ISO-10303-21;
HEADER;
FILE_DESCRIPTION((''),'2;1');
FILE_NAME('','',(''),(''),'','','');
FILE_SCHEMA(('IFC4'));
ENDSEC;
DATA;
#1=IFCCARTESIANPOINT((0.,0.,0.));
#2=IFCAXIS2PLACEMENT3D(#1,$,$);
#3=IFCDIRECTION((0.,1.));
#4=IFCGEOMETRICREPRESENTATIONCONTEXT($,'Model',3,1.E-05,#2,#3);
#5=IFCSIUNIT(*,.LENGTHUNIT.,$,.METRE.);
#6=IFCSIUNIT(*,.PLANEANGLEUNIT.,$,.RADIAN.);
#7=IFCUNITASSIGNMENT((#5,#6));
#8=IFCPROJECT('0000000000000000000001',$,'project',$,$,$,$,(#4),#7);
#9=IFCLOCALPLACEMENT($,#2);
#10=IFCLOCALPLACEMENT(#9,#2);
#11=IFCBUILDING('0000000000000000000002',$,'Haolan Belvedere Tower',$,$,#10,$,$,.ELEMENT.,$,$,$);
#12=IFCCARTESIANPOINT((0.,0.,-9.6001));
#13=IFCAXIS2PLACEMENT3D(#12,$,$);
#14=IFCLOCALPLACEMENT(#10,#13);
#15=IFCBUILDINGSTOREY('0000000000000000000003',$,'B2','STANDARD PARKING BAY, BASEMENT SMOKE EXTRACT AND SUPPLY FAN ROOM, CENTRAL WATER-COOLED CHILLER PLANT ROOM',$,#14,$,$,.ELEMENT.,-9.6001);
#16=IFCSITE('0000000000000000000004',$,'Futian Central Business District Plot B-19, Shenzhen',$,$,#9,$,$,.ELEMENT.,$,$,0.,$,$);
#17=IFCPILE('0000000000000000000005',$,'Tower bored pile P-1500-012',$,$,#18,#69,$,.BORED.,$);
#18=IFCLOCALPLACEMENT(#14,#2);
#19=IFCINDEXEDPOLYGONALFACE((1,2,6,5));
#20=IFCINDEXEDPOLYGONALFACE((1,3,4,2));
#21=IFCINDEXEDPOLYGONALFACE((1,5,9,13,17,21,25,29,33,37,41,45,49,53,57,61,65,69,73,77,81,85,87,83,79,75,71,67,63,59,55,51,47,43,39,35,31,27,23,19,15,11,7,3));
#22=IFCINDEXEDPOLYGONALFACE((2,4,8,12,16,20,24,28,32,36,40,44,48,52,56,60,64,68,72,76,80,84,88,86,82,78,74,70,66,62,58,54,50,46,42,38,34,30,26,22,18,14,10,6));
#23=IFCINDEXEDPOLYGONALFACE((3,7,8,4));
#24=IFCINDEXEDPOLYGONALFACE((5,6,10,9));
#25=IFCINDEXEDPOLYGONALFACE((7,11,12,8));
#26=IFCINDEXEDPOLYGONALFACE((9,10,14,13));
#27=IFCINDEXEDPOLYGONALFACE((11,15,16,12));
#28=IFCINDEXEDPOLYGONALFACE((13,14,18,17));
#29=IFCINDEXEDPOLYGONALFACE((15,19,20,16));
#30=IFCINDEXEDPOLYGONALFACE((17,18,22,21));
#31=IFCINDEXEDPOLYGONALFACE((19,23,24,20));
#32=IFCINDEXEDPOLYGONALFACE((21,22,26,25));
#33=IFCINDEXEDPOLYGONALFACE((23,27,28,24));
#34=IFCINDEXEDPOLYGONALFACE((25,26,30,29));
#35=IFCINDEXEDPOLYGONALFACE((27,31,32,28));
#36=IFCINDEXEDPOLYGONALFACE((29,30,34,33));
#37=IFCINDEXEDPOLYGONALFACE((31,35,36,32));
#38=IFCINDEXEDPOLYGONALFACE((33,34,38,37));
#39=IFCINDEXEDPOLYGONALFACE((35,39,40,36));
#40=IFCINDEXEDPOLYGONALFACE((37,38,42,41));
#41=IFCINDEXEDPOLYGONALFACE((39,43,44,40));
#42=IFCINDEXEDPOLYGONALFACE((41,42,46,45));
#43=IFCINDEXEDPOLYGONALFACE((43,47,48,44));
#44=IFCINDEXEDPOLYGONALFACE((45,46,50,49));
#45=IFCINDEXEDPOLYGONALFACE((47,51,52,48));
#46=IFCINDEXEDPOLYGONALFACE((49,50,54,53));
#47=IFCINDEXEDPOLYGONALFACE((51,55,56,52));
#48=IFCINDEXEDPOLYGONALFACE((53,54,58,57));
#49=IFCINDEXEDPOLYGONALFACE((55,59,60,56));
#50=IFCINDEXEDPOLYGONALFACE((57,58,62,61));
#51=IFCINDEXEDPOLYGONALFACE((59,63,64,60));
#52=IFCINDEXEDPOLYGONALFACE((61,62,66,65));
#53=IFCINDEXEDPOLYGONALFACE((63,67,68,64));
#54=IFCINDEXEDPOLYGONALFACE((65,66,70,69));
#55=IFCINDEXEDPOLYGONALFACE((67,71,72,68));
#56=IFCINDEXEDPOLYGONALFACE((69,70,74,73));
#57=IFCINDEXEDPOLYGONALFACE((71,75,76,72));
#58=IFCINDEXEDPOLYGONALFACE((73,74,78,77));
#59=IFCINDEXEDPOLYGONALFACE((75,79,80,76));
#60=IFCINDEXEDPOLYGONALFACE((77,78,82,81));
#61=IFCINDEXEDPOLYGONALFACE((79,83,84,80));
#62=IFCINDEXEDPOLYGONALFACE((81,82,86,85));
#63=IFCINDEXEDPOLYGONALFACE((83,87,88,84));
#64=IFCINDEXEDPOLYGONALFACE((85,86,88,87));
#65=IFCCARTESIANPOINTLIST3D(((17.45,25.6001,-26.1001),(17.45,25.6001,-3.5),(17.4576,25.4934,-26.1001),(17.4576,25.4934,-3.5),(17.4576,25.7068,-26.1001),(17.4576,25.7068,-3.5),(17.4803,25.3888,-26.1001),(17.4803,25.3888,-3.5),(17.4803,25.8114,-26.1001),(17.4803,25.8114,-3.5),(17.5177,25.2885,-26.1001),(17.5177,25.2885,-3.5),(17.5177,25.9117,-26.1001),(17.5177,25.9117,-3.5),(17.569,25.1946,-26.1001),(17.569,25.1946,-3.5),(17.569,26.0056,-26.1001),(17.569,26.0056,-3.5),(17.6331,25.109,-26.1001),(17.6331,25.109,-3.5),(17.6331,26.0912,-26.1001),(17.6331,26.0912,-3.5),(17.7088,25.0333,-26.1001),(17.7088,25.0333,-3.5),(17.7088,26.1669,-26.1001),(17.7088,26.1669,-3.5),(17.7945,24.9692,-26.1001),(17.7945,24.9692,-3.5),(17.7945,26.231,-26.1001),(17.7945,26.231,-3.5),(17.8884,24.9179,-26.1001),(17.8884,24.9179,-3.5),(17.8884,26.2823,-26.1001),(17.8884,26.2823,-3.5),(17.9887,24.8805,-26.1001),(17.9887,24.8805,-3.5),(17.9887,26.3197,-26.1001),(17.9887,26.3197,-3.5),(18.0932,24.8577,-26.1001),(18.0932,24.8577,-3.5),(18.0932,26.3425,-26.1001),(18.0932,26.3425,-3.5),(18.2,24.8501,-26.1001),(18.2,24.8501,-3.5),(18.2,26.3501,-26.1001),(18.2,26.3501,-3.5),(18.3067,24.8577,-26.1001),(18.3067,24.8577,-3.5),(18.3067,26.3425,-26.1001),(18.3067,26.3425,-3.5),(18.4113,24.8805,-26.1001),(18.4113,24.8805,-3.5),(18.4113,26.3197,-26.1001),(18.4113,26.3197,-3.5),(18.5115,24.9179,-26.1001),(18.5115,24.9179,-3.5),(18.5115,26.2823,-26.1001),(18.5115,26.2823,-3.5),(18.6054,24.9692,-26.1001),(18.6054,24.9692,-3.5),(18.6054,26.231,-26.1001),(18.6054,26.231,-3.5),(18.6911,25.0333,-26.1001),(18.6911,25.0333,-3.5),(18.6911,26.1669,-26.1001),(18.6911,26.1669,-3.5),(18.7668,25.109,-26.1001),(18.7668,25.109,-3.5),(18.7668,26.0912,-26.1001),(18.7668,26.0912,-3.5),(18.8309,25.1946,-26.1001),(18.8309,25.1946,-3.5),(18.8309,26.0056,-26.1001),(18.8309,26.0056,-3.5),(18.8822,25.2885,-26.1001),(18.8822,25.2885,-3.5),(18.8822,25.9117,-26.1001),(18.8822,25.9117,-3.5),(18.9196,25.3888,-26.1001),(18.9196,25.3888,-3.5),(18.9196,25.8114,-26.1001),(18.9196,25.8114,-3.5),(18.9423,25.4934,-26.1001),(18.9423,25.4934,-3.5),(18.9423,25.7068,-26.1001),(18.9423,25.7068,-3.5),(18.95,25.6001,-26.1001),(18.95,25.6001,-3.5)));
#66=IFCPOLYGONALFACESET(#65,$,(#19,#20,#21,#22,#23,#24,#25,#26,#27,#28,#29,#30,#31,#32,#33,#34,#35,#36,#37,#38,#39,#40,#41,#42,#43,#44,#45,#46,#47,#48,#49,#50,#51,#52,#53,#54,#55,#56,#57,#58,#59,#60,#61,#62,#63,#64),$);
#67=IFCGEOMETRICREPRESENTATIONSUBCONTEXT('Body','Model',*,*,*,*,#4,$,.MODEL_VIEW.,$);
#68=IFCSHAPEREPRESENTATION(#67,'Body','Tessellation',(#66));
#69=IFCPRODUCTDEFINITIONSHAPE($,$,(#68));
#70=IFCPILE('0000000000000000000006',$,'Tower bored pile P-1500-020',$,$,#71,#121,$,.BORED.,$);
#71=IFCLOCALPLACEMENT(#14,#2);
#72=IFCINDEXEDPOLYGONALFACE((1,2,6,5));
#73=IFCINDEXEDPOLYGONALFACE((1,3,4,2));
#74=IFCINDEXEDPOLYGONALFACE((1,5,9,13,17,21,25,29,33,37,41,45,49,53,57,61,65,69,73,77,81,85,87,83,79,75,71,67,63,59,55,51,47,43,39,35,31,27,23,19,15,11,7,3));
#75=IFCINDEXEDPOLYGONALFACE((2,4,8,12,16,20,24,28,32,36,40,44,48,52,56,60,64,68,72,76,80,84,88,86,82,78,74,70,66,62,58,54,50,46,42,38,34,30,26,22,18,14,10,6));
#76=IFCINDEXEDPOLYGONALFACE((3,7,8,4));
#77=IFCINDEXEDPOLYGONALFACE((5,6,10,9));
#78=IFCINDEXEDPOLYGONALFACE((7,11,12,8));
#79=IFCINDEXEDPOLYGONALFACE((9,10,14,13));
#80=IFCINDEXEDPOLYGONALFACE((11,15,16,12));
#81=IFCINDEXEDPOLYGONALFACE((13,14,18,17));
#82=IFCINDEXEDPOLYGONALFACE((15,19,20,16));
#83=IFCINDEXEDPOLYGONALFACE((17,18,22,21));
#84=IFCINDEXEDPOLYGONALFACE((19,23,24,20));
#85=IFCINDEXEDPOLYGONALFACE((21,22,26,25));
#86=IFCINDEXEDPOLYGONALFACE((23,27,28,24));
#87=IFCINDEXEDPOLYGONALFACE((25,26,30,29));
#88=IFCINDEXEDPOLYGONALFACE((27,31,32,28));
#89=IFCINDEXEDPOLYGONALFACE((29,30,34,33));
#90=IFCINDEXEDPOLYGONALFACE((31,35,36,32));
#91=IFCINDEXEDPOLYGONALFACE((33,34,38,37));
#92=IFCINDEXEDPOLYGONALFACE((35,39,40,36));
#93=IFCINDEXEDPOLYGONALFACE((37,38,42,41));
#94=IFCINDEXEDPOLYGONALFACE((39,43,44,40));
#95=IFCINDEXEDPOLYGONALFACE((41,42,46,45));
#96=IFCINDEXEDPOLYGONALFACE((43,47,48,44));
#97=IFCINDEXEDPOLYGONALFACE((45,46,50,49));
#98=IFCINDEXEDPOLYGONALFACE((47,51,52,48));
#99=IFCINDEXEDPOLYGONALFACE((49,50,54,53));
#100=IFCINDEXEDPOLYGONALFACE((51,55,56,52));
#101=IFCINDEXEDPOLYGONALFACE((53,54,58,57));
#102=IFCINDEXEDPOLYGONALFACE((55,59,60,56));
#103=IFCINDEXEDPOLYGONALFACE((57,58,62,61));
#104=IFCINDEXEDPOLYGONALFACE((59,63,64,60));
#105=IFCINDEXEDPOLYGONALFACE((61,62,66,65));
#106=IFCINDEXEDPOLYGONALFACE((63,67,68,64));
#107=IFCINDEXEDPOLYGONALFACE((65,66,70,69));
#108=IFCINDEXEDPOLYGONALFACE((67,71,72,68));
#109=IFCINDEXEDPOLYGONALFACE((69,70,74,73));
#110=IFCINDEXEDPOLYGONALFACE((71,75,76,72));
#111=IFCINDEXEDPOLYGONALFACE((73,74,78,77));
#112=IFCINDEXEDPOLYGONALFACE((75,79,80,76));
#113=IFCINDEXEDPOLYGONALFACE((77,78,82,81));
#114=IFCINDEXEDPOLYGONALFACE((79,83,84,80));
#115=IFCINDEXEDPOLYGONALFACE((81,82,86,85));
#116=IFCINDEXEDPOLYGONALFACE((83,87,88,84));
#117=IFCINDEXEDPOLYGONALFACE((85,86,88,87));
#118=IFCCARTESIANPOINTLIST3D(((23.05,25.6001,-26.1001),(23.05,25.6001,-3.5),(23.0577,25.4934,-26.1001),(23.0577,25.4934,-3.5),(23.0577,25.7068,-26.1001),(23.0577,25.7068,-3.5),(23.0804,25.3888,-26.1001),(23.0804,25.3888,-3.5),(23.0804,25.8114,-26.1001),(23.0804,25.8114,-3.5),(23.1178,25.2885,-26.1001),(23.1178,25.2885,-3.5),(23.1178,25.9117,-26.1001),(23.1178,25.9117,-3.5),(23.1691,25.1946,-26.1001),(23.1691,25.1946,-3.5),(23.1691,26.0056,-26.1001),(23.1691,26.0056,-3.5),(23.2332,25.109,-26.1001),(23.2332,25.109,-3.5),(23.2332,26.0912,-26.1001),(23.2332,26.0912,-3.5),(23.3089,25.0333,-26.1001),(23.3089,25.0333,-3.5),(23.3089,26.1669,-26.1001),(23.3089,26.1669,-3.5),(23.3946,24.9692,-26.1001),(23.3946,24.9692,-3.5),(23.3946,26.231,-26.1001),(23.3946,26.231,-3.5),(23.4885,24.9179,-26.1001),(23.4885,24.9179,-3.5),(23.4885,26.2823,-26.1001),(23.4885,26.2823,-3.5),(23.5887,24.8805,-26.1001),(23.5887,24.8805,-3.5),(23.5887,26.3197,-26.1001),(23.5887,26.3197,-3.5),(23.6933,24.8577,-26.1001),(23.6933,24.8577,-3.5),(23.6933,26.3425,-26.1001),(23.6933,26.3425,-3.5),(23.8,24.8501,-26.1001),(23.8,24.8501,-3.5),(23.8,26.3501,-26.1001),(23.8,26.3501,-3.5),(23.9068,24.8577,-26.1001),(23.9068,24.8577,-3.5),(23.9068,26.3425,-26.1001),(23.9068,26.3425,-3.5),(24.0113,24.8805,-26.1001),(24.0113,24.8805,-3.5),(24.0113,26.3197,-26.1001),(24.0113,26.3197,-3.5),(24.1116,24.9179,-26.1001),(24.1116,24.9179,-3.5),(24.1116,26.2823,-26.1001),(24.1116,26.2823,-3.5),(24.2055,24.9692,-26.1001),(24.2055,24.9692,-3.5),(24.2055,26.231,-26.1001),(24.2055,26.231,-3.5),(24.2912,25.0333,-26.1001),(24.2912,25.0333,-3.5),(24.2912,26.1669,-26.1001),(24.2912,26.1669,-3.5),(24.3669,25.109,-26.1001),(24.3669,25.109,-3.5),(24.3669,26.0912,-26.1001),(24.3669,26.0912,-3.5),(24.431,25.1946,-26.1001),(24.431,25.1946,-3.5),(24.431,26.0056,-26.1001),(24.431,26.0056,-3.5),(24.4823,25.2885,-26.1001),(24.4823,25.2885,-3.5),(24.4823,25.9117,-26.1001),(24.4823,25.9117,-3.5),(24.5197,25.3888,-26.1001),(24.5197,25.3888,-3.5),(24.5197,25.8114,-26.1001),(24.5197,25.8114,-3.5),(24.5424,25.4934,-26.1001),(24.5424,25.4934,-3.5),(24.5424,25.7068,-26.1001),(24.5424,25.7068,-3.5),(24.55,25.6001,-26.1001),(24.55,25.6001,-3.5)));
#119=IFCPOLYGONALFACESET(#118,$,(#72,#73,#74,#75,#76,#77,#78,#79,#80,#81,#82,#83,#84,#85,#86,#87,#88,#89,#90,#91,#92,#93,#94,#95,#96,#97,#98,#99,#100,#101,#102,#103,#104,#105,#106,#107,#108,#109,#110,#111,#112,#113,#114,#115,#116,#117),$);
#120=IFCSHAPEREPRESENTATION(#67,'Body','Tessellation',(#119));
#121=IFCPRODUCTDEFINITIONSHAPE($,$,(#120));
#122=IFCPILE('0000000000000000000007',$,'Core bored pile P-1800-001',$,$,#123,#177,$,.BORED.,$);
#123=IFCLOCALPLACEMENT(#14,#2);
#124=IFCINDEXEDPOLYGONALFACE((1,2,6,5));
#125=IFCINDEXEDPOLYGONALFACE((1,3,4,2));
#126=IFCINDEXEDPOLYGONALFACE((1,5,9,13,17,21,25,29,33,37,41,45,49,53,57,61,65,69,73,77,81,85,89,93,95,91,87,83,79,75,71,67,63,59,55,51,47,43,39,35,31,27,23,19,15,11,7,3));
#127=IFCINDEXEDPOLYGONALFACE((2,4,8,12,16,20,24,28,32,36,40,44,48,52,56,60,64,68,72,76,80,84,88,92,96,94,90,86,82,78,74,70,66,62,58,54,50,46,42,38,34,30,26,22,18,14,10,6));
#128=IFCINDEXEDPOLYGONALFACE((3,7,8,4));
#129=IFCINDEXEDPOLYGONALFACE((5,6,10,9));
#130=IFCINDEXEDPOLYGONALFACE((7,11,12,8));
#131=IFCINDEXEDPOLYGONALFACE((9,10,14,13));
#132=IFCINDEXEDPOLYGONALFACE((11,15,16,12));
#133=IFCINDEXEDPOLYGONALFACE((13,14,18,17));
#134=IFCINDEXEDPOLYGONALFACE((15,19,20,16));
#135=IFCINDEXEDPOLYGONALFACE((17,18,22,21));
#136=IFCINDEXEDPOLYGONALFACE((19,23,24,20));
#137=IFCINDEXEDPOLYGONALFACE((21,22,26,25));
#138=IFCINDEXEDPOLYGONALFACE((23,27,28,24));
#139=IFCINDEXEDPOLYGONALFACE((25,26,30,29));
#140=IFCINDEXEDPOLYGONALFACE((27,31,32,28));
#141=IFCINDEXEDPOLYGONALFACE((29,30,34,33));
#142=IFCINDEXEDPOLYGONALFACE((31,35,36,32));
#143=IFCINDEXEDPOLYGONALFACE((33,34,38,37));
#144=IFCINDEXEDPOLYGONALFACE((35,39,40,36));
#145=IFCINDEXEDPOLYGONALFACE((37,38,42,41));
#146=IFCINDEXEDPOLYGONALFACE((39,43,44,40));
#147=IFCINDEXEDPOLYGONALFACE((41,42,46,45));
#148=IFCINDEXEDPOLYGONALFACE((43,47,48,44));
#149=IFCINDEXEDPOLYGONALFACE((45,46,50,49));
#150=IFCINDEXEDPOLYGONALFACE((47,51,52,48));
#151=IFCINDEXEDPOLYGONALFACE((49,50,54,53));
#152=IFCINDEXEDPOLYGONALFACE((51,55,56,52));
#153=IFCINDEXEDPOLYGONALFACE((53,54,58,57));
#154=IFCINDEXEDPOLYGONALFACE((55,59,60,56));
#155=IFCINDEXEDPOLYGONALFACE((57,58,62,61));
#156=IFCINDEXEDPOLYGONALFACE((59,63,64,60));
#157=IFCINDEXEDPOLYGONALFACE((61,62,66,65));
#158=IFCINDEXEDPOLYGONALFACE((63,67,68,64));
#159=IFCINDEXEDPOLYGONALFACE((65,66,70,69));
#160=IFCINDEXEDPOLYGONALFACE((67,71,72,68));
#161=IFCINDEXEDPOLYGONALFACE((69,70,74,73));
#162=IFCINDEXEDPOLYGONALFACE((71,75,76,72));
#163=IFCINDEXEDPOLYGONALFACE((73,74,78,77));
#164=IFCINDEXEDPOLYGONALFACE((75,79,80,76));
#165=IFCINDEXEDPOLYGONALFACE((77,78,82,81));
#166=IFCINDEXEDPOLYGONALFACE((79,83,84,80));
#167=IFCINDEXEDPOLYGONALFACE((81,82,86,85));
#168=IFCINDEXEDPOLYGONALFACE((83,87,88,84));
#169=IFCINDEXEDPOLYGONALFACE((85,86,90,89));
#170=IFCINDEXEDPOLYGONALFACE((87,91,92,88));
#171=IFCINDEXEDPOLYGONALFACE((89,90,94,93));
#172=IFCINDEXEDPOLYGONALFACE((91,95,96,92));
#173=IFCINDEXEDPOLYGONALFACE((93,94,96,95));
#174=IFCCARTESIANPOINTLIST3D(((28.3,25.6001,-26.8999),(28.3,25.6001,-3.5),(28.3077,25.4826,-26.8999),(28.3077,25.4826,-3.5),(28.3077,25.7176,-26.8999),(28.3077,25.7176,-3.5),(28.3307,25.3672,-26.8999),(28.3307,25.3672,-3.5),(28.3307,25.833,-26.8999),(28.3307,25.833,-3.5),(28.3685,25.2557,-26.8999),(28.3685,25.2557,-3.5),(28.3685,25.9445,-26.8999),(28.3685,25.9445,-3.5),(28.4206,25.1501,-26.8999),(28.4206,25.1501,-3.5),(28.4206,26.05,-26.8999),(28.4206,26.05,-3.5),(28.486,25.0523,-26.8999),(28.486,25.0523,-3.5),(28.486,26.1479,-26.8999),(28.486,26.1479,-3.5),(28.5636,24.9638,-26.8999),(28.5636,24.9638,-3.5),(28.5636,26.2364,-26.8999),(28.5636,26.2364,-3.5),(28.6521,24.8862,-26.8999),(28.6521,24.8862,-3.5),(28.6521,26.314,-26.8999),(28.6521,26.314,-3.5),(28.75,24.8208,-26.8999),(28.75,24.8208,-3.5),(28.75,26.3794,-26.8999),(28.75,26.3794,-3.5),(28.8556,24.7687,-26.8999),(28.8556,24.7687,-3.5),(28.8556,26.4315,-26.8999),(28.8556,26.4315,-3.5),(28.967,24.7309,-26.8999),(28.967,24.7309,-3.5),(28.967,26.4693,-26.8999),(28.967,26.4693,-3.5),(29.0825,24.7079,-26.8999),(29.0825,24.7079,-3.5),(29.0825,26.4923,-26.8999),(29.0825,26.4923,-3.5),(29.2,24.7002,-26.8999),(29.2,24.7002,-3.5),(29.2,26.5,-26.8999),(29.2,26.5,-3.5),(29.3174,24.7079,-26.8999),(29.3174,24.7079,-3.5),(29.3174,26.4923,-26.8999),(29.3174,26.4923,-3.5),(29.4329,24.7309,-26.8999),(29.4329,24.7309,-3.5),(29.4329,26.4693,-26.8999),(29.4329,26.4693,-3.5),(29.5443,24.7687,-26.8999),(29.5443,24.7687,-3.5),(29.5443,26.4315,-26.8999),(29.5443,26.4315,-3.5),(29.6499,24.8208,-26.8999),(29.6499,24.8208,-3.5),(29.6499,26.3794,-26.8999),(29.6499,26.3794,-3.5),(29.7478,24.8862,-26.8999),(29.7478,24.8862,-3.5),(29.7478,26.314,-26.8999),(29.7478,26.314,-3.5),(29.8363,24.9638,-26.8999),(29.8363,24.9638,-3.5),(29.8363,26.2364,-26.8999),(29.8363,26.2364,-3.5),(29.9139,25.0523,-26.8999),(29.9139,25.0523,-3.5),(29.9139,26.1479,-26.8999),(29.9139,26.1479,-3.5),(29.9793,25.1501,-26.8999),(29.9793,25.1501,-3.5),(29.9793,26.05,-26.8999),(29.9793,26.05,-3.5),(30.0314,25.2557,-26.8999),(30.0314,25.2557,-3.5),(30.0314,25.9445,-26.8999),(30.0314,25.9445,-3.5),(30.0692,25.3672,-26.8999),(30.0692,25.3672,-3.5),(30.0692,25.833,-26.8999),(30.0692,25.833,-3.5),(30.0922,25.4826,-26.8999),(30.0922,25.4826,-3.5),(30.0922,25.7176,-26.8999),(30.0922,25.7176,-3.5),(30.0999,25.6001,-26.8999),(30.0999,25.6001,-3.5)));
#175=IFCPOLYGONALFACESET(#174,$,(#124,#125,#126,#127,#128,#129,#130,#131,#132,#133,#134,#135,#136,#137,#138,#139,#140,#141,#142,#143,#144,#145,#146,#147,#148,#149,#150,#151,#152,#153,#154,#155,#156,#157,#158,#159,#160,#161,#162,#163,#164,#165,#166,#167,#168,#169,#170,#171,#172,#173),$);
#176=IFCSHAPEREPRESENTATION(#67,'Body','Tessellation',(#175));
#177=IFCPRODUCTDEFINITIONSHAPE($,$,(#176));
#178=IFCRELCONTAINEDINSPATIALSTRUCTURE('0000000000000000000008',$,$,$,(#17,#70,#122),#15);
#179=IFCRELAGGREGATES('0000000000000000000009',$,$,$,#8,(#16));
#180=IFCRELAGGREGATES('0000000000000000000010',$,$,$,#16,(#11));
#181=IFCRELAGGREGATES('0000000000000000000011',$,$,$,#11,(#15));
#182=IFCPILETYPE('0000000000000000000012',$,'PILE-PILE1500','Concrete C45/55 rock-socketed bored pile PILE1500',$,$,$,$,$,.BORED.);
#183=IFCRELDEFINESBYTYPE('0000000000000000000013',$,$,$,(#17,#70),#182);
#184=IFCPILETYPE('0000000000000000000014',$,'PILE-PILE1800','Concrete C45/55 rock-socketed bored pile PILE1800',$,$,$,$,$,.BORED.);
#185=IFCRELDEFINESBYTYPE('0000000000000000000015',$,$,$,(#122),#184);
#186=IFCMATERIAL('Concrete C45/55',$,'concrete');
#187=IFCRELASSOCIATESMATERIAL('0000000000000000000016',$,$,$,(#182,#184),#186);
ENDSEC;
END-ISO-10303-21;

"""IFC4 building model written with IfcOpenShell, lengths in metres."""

from ifc_helpers import new_model, si_unit, direction, frame, origin, origin_2d, place, context, subcontext, project, spatial, circle, extrude, material, material_profile, profile_set, type_object, element, save


model = new_model("IFC4")

# Units and contexts
model_context = context("Model", 3, precision=1e-05, world=origin(), true_north=direction((0.0, 1.0)))
body_context = subcontext(model_context, "Body", "Model", "MODEL_VIEW")
ifc_project = project(units=[si_unit("LENGTHUNIT", "METRE"), si_unit("PLANEANGLEUNIT", "RADIAN")], contexts=[model_context])

# Site, building, storey
site_placement = place(None, origin())
site = spatial("IfcSite", under=ifc_project, at=site_placement, Name="Futian Central Business District Plot B-19, Shenzhen", CompositionType="ELEMENT", RefElevation=0.0)
building_placement = place(site_placement, origin())
building = spatial("IfcBuilding", under=site, at=building_placement, Name="Haolan Belvedere Tower", CompositionType="ELEMENT")
storey_placement = place(building_placement, frame((0.0, 0.0, -9.6001)))
storey = spatial("IfcBuildingStorey", under=building, at=storey_placement, Name="B2", Description="STANDARD PARKING BAY, BASEMENT SMOKE EXTRACT AND SUPPLY FAN ROOM, CENTRAL WATER-COOLED CHILLER PLANT ROOM", CompositionType="ELEMENT", Elevation=-9.6001)

# Piles
ifc_material_1 = material(Name="Concrete C45/55", Category="concrete")
ifc_material_profile_1 = material_profile(ifc_material_1, circle(Radius=0.75, at=origin_2d()), Name="Concrete C45/55")
ifc_profile_set_1 = profile_set([ifc_material_profile_1], Name="Concrete C45/55")
pile_type_1 = type_object("IfcPileType", Name="PILE-PILE1500", Description="Concrete C45/55 rock-socketed bored pile PILE1500", PredefinedType="BORED", material=ifc_profile_set_1)
for number, where, z_axis, x_axis, name in (
    (1, (18.2, 25.6001, -3.5), (0.0, 0.0, -1.0), (1.0, 0.0, 0.0), "Tower bored pile P-1500-012"),
    (2, (23.8, 25.6001, -3.5), (0.0, 0.0, -1.0), (1.0, 0.0, 0.0), "Tower bored pile P-1500-020"),
):
    element("IfcPile", number, at=place(storey_placement, frame(where, z_axis=z_axis, x_axis=x_axis)), inside=storey, type_object=pile_type_1, Name=name, PredefinedType="BORED", context=body_context, shape_type="SweptSolid", body=[
        extrude(circle(Radius=0.75, at=origin_2d()), origin(), (0.0, 0.0, 1.0), 22.6001),
    ])
ifc_material_profile_2 = material_profile(ifc_material_1, circle(Radius=0.8999, at=origin_2d()), Name="Concrete C45/55")
ifc_profile_set_2 = profile_set([ifc_material_profile_2], Name="Concrete C45/55")
pile_type_2 = type_object("IfcPileType", Name="PILE-PILE1800", Description="Concrete C45/55 rock-socketed bored pile PILE1800", PredefinedType="BORED", material=ifc_profile_set_2)
pile_placement = place(storey_placement, frame((29.2, 25.6001, -3.5), z_axis=(0.0, 0.0, -1.0), x_axis=(1.0, 0.0, 0.0)))
element("IfcPile", 3, at=pile_placement, inside=storey, type_object=pile_type_2, Name="Core bored pile P-1800-001", PredefinedType="BORED", context=body_context, shape_type="SweptSolid", body=[
    extrude(circle(Radius=0.8999, at=origin_2d()), origin(), (0.0, 0.0, 1.0), 23.3999),
])

save(model, "model.ifc")
